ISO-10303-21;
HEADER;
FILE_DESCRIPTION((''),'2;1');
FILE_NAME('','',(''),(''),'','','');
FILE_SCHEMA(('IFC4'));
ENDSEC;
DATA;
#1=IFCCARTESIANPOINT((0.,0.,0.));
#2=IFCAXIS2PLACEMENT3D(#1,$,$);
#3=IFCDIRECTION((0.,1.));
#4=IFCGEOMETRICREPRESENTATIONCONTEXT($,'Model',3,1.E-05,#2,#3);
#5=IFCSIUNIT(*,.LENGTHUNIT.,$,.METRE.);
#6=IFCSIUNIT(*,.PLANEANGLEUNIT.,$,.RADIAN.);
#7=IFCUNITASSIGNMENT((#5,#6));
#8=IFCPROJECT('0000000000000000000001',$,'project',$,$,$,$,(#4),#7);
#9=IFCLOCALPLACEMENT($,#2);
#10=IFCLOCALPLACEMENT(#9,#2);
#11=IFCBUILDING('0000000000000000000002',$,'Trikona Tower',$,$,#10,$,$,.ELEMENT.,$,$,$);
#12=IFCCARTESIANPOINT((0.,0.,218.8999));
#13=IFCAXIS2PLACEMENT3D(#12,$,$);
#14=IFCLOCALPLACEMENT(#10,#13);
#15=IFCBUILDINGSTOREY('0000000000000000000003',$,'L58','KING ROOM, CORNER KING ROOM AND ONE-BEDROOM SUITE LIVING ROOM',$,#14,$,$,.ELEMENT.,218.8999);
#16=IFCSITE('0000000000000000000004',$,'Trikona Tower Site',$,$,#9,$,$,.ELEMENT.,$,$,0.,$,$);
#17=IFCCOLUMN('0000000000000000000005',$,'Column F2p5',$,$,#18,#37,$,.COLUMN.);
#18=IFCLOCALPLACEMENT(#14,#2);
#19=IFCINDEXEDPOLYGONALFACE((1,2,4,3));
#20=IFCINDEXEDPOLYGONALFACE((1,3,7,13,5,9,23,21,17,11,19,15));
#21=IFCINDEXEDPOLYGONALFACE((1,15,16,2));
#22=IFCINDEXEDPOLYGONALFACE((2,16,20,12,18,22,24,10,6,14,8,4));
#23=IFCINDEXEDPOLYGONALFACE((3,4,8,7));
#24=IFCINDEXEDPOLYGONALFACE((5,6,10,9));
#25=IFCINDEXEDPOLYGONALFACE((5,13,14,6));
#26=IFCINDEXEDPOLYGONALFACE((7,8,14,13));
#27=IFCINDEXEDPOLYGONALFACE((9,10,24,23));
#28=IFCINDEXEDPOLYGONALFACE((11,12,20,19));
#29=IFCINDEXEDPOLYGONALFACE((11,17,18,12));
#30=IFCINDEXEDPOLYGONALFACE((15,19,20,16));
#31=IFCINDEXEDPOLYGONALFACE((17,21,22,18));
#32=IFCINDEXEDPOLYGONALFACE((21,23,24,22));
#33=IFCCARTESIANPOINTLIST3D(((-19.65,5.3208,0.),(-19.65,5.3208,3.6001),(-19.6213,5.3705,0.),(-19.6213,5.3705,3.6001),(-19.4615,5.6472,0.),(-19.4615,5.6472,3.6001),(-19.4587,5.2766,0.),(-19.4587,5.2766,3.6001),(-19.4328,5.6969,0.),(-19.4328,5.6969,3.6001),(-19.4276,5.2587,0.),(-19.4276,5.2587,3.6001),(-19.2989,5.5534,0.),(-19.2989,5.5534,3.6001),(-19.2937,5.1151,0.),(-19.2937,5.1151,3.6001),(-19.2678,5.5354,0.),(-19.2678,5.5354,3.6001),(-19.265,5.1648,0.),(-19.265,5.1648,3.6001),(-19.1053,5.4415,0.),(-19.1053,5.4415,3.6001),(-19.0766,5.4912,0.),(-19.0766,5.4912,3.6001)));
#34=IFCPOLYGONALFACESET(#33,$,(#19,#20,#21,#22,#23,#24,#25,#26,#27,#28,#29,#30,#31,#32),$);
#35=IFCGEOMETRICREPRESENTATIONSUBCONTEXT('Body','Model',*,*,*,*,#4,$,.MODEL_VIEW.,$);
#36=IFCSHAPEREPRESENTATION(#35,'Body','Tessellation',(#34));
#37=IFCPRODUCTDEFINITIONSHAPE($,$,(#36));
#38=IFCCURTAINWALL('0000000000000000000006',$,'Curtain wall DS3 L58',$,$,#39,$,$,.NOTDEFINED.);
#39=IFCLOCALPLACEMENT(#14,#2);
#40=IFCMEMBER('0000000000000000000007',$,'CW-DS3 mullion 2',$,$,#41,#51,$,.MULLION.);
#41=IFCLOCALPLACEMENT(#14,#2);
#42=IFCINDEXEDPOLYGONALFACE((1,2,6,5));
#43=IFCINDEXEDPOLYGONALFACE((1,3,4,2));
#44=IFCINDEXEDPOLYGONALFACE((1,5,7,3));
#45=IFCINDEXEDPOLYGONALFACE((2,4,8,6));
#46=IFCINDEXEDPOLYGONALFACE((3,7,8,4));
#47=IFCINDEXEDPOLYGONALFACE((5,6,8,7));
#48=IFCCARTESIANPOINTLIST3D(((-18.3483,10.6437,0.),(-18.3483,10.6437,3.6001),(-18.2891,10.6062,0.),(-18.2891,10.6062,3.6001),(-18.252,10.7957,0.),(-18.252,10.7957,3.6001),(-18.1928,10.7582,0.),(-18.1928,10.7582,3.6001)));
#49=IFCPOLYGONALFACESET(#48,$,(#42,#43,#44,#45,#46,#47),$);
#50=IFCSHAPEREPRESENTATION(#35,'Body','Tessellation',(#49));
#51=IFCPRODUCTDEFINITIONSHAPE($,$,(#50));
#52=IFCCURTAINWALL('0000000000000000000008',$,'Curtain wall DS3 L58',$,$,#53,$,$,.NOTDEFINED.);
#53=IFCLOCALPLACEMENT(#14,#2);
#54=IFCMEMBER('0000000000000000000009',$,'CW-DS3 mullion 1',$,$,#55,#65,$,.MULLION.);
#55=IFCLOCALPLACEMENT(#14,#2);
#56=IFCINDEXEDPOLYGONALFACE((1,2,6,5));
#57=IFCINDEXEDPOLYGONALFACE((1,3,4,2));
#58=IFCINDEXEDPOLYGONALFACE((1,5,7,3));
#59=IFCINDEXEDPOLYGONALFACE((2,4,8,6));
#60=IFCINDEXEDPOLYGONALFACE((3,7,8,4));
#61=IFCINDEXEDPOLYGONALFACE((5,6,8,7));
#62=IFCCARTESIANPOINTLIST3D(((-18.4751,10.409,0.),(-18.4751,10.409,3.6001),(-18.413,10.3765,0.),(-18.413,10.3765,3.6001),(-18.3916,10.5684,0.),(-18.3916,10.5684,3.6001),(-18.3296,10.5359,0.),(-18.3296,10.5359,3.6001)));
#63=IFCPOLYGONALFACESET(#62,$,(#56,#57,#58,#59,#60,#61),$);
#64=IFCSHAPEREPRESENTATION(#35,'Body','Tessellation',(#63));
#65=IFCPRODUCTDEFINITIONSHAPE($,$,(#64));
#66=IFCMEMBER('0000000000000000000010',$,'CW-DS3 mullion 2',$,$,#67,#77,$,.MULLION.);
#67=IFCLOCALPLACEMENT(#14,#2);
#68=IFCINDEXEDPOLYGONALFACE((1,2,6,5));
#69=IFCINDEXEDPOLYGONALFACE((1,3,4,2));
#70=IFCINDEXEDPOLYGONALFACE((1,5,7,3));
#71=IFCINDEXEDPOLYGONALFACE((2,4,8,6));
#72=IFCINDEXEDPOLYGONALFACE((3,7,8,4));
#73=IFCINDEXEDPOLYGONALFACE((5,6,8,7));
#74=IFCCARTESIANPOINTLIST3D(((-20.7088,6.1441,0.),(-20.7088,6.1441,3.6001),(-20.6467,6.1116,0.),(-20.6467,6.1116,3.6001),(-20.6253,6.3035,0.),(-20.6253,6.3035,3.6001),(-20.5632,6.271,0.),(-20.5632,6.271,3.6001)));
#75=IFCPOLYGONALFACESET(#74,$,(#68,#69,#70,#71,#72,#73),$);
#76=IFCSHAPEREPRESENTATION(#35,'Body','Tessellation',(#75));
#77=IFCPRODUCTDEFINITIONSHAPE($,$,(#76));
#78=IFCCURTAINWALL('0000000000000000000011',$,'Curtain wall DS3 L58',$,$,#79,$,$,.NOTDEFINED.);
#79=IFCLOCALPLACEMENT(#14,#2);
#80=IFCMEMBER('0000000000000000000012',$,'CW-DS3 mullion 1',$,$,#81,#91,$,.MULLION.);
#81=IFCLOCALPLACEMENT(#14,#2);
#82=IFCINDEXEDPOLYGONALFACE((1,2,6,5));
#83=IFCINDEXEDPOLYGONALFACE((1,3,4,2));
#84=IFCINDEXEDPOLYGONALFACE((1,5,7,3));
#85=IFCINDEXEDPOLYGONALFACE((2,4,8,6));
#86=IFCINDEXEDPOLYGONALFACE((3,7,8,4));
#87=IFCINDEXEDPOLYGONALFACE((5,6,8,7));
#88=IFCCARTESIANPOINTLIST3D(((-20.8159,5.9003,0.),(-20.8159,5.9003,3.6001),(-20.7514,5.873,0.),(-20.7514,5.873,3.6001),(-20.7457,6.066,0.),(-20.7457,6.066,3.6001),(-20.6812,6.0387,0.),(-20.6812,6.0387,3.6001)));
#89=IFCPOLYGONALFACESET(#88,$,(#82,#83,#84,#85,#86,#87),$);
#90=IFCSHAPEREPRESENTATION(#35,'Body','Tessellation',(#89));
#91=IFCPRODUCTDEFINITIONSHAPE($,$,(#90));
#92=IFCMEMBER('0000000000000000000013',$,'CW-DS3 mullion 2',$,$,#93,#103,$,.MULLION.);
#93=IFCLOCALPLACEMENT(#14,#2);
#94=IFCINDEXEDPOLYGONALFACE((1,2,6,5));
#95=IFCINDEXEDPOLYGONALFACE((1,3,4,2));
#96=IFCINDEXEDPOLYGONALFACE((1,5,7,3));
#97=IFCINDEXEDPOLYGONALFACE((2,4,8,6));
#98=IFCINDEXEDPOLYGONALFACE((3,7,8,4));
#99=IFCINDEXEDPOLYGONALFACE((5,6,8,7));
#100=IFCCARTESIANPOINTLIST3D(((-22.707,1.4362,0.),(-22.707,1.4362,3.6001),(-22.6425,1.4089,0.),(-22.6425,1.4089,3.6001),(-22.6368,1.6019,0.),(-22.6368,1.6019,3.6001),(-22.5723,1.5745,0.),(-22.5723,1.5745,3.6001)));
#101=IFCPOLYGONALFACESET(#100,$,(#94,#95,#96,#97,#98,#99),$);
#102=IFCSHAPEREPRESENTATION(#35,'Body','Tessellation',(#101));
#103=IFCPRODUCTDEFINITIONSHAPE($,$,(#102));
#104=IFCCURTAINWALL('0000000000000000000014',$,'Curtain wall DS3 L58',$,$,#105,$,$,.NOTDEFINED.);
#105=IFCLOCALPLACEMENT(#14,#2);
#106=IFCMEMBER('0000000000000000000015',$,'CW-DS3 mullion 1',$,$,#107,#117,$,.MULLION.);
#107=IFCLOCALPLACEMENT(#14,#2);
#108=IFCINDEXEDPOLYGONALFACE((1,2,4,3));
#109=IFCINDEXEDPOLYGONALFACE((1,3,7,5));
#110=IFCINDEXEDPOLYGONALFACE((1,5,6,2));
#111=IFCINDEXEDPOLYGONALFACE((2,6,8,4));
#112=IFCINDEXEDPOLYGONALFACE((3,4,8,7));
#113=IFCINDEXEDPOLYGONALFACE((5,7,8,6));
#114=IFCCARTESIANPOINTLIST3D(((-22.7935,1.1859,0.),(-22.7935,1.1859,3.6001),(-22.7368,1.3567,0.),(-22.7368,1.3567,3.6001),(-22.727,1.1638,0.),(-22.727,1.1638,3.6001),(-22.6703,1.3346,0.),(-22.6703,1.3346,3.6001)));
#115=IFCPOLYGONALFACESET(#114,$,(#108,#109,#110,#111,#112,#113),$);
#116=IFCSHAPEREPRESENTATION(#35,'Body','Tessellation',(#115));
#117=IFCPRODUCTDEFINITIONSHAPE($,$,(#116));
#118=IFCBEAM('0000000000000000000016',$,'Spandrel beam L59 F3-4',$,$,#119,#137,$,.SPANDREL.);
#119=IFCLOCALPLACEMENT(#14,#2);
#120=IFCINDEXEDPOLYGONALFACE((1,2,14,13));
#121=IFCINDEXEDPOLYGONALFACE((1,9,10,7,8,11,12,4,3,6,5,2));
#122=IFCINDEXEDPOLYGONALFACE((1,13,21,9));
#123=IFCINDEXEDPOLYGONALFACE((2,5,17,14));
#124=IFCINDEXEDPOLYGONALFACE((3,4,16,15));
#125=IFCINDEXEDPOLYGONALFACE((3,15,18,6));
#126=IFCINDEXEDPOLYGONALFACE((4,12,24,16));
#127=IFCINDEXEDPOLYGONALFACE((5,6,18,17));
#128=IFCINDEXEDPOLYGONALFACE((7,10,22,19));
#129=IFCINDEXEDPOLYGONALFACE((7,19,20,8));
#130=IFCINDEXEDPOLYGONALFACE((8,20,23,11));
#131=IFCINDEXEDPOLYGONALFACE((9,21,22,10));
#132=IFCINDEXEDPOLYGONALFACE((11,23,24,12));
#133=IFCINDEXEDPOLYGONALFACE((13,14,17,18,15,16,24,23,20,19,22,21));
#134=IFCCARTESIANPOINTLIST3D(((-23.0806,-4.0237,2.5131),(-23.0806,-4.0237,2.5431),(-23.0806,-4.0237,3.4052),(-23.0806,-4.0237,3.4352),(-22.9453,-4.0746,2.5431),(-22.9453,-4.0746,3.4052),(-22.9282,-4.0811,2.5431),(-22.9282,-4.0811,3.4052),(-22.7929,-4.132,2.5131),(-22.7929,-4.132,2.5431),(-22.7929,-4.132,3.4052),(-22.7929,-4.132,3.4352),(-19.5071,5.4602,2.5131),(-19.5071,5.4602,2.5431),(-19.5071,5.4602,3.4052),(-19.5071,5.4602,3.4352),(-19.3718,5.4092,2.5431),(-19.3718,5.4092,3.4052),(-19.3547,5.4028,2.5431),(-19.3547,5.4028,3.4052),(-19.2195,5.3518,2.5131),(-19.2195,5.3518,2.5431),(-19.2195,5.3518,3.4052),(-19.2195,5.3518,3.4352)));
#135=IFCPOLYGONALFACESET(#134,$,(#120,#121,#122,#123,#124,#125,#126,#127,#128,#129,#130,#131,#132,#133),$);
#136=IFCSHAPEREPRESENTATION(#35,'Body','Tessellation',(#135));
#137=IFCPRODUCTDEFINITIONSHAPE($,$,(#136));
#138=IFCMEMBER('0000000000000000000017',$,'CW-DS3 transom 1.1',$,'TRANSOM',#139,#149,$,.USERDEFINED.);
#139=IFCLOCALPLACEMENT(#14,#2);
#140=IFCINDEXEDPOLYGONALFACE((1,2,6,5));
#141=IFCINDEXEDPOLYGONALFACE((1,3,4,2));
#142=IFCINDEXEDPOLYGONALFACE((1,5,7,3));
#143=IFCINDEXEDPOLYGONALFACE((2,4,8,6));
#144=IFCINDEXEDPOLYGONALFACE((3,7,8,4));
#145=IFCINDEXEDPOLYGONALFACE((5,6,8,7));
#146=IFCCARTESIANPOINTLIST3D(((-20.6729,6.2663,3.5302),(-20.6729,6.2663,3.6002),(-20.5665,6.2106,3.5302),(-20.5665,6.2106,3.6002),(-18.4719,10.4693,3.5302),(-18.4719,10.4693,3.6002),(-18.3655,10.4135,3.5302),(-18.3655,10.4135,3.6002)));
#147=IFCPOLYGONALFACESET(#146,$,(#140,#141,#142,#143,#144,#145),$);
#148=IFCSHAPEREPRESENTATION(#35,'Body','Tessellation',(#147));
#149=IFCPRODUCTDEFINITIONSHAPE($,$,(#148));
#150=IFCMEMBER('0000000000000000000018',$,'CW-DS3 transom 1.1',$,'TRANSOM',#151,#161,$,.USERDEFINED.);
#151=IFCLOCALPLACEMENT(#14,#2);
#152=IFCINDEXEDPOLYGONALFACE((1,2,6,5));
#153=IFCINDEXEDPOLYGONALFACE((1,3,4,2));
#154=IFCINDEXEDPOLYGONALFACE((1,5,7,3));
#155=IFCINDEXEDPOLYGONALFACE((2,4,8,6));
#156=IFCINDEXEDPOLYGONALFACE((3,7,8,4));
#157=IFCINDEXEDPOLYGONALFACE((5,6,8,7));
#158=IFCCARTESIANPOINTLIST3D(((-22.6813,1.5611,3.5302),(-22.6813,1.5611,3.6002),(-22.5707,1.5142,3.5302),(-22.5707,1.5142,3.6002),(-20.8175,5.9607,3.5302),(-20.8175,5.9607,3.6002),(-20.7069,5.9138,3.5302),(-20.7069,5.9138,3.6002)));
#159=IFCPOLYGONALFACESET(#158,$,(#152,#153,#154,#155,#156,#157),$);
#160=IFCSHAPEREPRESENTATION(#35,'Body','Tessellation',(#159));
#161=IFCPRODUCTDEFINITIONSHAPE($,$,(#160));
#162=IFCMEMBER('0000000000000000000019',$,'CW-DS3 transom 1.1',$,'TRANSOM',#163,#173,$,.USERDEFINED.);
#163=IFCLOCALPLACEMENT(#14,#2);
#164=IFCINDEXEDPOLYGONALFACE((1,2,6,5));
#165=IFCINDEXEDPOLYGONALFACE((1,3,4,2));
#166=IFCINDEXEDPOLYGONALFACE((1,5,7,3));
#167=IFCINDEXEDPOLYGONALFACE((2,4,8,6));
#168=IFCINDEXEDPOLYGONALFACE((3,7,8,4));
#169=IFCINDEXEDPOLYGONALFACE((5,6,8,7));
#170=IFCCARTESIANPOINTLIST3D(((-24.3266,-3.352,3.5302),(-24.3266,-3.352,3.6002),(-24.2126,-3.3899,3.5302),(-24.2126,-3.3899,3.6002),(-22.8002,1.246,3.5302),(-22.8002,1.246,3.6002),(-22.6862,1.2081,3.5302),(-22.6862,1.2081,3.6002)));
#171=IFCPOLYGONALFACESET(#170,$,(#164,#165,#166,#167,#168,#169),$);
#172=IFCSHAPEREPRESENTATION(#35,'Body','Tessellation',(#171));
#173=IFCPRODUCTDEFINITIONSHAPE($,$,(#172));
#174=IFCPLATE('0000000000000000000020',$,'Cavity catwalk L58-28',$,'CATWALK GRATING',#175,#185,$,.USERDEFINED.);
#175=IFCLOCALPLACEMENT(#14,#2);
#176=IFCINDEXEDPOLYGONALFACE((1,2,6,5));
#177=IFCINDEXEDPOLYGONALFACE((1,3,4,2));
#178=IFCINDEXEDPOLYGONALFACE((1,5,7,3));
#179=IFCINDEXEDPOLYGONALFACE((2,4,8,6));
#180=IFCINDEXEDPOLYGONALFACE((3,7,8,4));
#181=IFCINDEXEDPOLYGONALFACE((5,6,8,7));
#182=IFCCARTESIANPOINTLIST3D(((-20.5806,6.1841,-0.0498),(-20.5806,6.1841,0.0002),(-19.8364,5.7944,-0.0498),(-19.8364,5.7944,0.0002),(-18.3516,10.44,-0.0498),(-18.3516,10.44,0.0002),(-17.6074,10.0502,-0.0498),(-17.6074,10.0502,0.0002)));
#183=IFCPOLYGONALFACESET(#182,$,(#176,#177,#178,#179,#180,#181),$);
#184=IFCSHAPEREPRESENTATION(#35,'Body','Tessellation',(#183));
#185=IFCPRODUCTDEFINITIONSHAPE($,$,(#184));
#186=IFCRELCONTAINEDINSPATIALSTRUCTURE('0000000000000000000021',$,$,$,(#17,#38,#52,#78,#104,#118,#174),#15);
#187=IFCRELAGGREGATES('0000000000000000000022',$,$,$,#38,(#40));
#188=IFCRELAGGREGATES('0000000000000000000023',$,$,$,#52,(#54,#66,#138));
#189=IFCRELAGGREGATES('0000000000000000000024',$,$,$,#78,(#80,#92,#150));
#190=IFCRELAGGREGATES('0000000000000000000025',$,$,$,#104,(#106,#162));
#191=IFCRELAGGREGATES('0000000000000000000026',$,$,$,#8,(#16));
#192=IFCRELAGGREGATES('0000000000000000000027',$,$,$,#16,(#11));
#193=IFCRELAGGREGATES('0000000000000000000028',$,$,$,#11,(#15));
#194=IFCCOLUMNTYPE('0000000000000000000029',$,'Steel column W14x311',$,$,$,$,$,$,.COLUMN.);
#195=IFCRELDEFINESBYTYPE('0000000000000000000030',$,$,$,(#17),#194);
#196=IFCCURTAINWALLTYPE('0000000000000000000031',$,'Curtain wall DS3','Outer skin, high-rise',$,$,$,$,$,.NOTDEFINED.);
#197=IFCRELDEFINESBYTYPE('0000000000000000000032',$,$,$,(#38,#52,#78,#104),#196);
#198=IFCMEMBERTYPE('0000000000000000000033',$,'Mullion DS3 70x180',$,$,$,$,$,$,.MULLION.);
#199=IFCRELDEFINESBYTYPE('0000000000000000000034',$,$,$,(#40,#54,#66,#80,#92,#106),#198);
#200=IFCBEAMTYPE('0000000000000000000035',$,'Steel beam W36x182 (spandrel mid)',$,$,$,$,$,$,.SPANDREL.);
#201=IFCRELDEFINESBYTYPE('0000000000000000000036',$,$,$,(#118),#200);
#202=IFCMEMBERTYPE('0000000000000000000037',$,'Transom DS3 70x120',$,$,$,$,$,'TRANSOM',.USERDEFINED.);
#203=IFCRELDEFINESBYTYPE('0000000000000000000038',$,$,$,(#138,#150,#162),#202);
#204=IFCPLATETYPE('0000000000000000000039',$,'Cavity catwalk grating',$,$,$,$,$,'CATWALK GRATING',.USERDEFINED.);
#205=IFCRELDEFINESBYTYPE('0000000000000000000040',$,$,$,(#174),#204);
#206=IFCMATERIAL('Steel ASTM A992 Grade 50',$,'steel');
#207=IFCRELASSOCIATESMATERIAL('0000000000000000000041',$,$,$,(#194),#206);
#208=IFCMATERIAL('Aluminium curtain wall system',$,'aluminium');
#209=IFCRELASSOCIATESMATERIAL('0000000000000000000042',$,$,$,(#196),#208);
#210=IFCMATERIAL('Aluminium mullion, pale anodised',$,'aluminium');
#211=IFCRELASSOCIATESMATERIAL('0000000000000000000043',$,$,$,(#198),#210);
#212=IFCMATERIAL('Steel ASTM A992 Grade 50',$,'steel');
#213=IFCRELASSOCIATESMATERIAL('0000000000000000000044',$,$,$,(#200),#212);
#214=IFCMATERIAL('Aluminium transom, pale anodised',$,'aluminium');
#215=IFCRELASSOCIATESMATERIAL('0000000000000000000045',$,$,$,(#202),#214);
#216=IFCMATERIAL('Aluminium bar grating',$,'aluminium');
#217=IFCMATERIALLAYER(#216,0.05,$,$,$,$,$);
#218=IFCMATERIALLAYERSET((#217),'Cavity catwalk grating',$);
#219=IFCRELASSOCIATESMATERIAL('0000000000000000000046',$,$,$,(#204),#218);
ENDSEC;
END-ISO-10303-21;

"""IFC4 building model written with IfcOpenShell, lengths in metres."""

from ifc_helpers import new_model, si_unit, direction, frame, origin, origin_2d, place, context, subcontext, project, spatial, rectangle, i_section, extrude, material, layer, layer_set, material_profile, profile_set, type_object, element, aggregate, save


model = new_model("IFC4")

# Units and contexts
model_context = context("Model", 3, precision=1e-05, world=origin(), true_north=direction((0.0, 1.0)))
body_context = subcontext(model_context, "Body", "Model", "MODEL_VIEW")
ifc_project = project(units=[si_unit("LENGTHUNIT", "METRE"), si_unit("PLANEANGLEUNIT", "RADIAN")], contexts=[model_context])

# Site, building, storey
site_placement = place(None, origin())
site = spatial("IfcSite", under=ifc_project, at=site_placement, Name="Trikona Tower Site", CompositionType="ELEMENT", RefElevation=0.0)
building_placement = place(site_placement, origin())
building = spatial("IfcBuilding", under=site, at=building_placement, Name="Trikona Tower", CompositionType="ELEMENT")
storey_placement = place(building_placement, frame((0.0, 0.0, 218.8999)))
storey = spatial("IfcBuildingStorey", under=building, at=storey_placement, Name="L58", Description="KING ROOM, CORNER KING ROOM AND ONE-BEDROOM SUITE LIVING ROOM", CompositionType="ELEMENT", Elevation=218.8999)

# Column
ifc_material_1 = material(Name="Steel ASTM A992 Grade 50", Category="steel")
ifc_material_profile_1 = material_profile(ifc_material_1, i_section(OverallWidth=0.4114, OverallDepth=0.4343, WebThickness=0.0359, FlangeThickness=0.0574, at=origin_2d()), Name="W14X311")
ifc_profile_set_1 = profile_set([ifc_material_profile_1], Name="Steel ASTM A992 Grade 50")
column_type = type_object("IfcColumnType", Name="Steel column W14x311", PredefinedType="COLUMN", material=ifc_profile_set_1)
column_placement = place(storey_placement, frame((-19.3633, 5.406, 0.0), z_axis=(0.0, 0.0, 1.0), x_axis=(-0.866025, 0.5, 0.0)))
element("IfcColumn", 1, at=column_placement, inside=storey, type_object=column_type, Name="Column F2p5", PredefinedType="COLUMN", context=body_context, shape_type="SweptSolid", body=[
    extrude(i_section(OverallWidth=0.4114, OverallDepth=0.4343, WebThickness=0.0359, FlangeThickness=0.0574, at=origin_2d()), origin(), (0.0, 0.0, 1.0), 3.6001),
])

# Curtain wall, member
ifc_material_2 = material(Name="Aluminium curtain wall system", Category="aluminium")
curtain_wall_type = type_object("IfcCurtainWallType", Name="Curtain wall DS3", Description="Outer skin, high-rise", PredefinedType="NOTDEFINED", material=ifc_material_2)
curtain_wall_1_placement = place(storey_placement, origin())
curtain_wall_1 = element("IfcCurtainWall", 2, at=curtain_wall_1_placement, inside=storey, type_object=curtain_wall_type, Name="Curtain wall DS3 L58", PredefinedType="NOTDEFINED")
ifc_material_3 = material(Name="Aluminium mullion, pale anodised", Category="aluminium")
ifc_material_profile_2 = material_profile(ifc_material_3, rectangle(XDim=0.0701, YDim=0.1799, at=origin_2d()), Name="MUL-DS3")
ifc_profile_set_2 = profile_set([ifc_material_profile_2], Name="Aluminium mullion, pale anodised")
member_type_1 = type_object("IfcMemberType", Name="Mullion DS3 70x180", PredefinedType="MULLION", material=ifc_profile_set_2)
member_1_placement = place(storey_placement, frame((-18.2705, 10.7009, 0.0), z_axis=(0.0, 0.0, 1.0), x_axis=(0.844727, -0.535197, 0.0)))
member_1 = element("IfcMember", 3, at=member_1_placement, type_object=member_type_1, Name="CW-DS3 mullion 2", PredefinedType="MULLION", context=body_context, shape_type="SweptSolid", body=[
    extrude(rectangle(XDim=0.0701, YDim=0.1799, at=origin_2d()), origin(), (0.0, 0.0, 1.0), 3.6001),
])
aggregate(curtain_wall_1, [member_1])

# Curtain walls, members
curtain_wall_2_placement = place(storey_placement, origin())
curtain_wall_2 = element("IfcCurtainWall", 4, at=curtain_wall_2_placement, inside=storey, type_object=curtain_wall_type, Name="Curtain wall DS3 L58", PredefinedType="NOTDEFINED")
member_2_placement = place(storey_placement, frame((-18.4023, 10.4724, 0.0), z_axis=(0.0, 0.0, 1.0), x_axis=(0.885862, -0.463948, 0.0)))
member_2 = element("IfcMember", 5, at=member_2_placement, type_object=member_type_1, Name="CW-DS3 mullion 1", PredefinedType="MULLION", context=body_context, shape_type="SweptSolid", body=[
    extrude(rectangle(XDim=0.0701, YDim=0.1799, at=origin_2d()), origin(), (0.0, 0.0, 1.0), 3.6001),
])
member_3_placement = place(storey_placement, frame((-20.636, 6.2075, 0.0), z_axis=(0.0, 0.0, 1.0), x_axis=(0.885862, -0.463948, 0.0)))
member_3 = element("IfcMember", 6, at=member_3_placement, type_object=member_type_1, Name="CW-DS3 mullion 2", PredefinedType="MULLION", context=body_context, shape_type="SweptSolid", body=[
    extrude(rectangle(XDim=0.0701, YDim=0.1799, at=origin_2d()), origin(), (0.0, 0.0, 1.0), 3.6001),
])
curtain_wall_3_placement = place(storey_placement, origin())
curtain_wall_3 = element("IfcCurtainWall", 7, at=curtain_wall_3_placement, inside=storey, type_object=curtain_wall_type, Name="Curtain wall DS3 L58", PredefinedType="NOTDEFINED")
member_4_placement = place(storey_placement, frame((-20.7485, 5.9695, 0.0), z_axis=(0.0, 0.0, 1.0), x_axis=(0.920792, -0.390053, 0.0)))
member_4 = element("IfcMember", 8, at=member_4_placement, type_object=member_type_1, Name="CW-DS3 mullion 1", PredefinedType="MULLION", context=body_context, shape_type="SweptSolid", body=[
    extrude(rectangle(XDim=0.0701, YDim=0.1799, at=origin_2d()), origin(), (0.0, 0.0, 1.0), 3.6001),
])
member_5_placement = place(storey_placement, frame((-22.6396, 1.5054, 0.0), z_axis=(0.0, 0.0, 1.0), x_axis=(0.920792, -0.390053, 0.0)))
member_5 = element("IfcMember", 9, at=member_5_placement, type_object=member_type_1, Name="CW-DS3 mullion 2", PredefinedType="MULLION", context=body_context, shape_type="SweptSolid", body=[
    extrude(rectangle(XDim=0.0701, YDim=0.1799, at=origin_2d()), origin(), (0.0, 0.0, 1.0), 3.6001),
])

# Curtain wall, member
curtain_wall_4_placement = place(storey_placement, origin())
curtain_wall_4 = element("IfcCurtainWall", 10, at=curtain_wall_4_placement, inside=storey, type_object=curtain_wall_type, Name="Curtain wall DS3 L58", PredefinedType="NOTDEFINED")
member_6_placement = place(storey_placement, frame((-22.7319, 1.2603, 0.0), z_axis=(0.0, 0.0, 1.0), x_axis=(0.949066, -0.315078, 0.0)))
member_6 = element("IfcMember", 11, at=member_6_placement, type_object=member_type_1, Name="CW-DS3 mullion 1", PredefinedType="MULLION", context=body_context, shape_type="SweptSolid", body=[
    extrude(rectangle(XDim=0.0701, YDim=0.1799, at=origin_2d()), origin(), (0.0, 0.0, 1.0), 3.6001),
])

# Beam
ifc_material_4 = material(Name="Steel ASTM A992 Grade 50", Category="steel")
ifc_material_profile_3 = material_profile(ifc_material_4, i_section(OverallWidth=0.3074, OverallDepth=0.9221, WebThickness=0.0183, FlangeThickness=0.03, at=origin_2d()), Name="W36X182")
ifc_profile_set_3 = profile_set([ifc_material_profile_3], Name="Steel ASTM A992 Grade 50")
beam_type = type_object("IfcBeamType", Name="Steel beam W36x182 (spandrel mid)", PredefinedType="SPANDREL", material=ifc_profile_set_3)
beam_placement = place(storey_placement, frame((-19.3633, 5.406, 2.9741), z_axis=(-0.352596, -0.935776, 0.0), x_axis=(0.935776, -0.352596, 0.0)))
element("IfcBeam", 12, at=beam_placement, inside=storey, type_object=beam_type, Name="Spandrel beam L59 F3-4", PredefinedType="SPANDREL", context=body_context, shape_type="SweptSolid", body=[
    extrude(i_section(OverallWidth=0.3074, OverallDepth=0.9221, WebThickness=0.0183, FlangeThickness=0.03, at=origin_2d()), origin(), (0.0, 0.0, 1.0), 10.1348),
])

# Members
ifc_material_5 = material(Name="Aluminium transom, pale anodised", Category="aluminium")
ifc_material_profile_4 = material_profile(ifc_material_5, rectangle(XDim=0.1201, YDim=0.0701, at=origin_2d()), Name="TRN-DS3")
ifc_profile_set_4 = profile_set([ifc_material_profile_4], Name="Aluminium transom, pale anodised")
member_type_2 = type_object("IfcMemberType", Name="Transom DS3 70x120", ElementType="TRANSOM", PredefinedType="USERDEFINED", material=ifc_profile_set_4)
member_7_placement = place(storey_placement, frame((-18.4187, 10.4414, 3.5652), z_axis=(-0.463911, -0.885882, 0.0), x_axis=(0.885882, -0.463911, 0.0)))
member_7 = element("IfcMember", 13, at=member_7_placement, type_object=member_type_2, Name="CW-DS3 transom 1.1", ObjectType="TRANSOM", PredefinedType="USERDEFINED", context=body_context, shape_type="SweptSolid", body=[
    extrude(rectangle(XDim=0.1201, YDim=0.0701, at=origin_2d()), origin(), (0.0, 0.0, 1.0), 4.7444),
])
member_8_placement = place(storey_placement, frame((-20.7622, 5.9373, 3.5652), z_axis=(-0.390062, -0.920789, 0.0), x_axis=(0.920789, -0.390062, 0.0)))
member_8 = element("IfcMember", 14, at=member_8_placement, type_object=member_type_2, Name="CW-DS3 transom 1.1", ObjectType="TRANSOM", PredefinedType="USERDEFINED", context=body_context, shape_type="SweptSolid", body=[
    extrude(rectangle(XDim=0.1201, YDim=0.0701, at=origin_2d()), origin(), (0.0, 0.0, 1.0), 4.7781),
])
member_9_placement = place(storey_placement, frame((-22.7432, 1.2271, 3.5652), z_axis=(-0.315063, -0.949071, 0.0), x_axis=(0.949071, -0.315063, 0.0)))
member_9 = element("IfcMember", 15, at=member_9_placement, type_object=member_type_2, Name="CW-DS3 transom 1.1", ObjectType="TRANSOM", PredefinedType="USERDEFINED", context=body_context, shape_type="SweptSolid", body=[
    extrude(rectangle(XDim=0.1201, YDim=0.0701, at=origin_2d()), origin(), (0.0, 0.0, 1.0), 4.8447),
])

# Plate
ifc_material_6 = material(Name="Aluminium bar grating", Category="aluminium")
ifc_layer_1 = layer(ifc_material_6, 0.05)
ifc_layer_set_1 = layer_set([ifc_layer_1], Name="Cavity catwalk grating")
plate_type_1 = type_object("IfcPlateType", Name="Cavity catwalk grating", ElementType="CATWALK GRATING", PredefinedType="USERDEFINED", material=ifc_layer_set_1)
plate_1_placement = place(storey_placement, frame((-19.094, 8.1172, -0.0498), z_axis=(0.0, 0.0, 1.0), x_axis=(-0.463952, -0.88586, 0.0)))
element("IfcPlate", 16, at=plate_1_placement, inside=storey, type_object=plate_type_1, Name="Cavity catwalk L58-28", ObjectType="CATWALK GRATING", PredefinedType="USERDEFINED", context=body_context, shape_type="SweptSolid", body=[
    extrude(rectangle(XDim=4.8042, YDim=0.8401, at=origin_2d()), origin(), (0.0, 0.0, 1.0), 0.05),
])

aggregate(curtain_wall_2, [member_2, member_3, member_7])
aggregate(curtain_wall_3, [member_4, member_5, member_8])
aggregate(curtain_wall_4, [member_6, member_9])

save(model, "model.ifc")
